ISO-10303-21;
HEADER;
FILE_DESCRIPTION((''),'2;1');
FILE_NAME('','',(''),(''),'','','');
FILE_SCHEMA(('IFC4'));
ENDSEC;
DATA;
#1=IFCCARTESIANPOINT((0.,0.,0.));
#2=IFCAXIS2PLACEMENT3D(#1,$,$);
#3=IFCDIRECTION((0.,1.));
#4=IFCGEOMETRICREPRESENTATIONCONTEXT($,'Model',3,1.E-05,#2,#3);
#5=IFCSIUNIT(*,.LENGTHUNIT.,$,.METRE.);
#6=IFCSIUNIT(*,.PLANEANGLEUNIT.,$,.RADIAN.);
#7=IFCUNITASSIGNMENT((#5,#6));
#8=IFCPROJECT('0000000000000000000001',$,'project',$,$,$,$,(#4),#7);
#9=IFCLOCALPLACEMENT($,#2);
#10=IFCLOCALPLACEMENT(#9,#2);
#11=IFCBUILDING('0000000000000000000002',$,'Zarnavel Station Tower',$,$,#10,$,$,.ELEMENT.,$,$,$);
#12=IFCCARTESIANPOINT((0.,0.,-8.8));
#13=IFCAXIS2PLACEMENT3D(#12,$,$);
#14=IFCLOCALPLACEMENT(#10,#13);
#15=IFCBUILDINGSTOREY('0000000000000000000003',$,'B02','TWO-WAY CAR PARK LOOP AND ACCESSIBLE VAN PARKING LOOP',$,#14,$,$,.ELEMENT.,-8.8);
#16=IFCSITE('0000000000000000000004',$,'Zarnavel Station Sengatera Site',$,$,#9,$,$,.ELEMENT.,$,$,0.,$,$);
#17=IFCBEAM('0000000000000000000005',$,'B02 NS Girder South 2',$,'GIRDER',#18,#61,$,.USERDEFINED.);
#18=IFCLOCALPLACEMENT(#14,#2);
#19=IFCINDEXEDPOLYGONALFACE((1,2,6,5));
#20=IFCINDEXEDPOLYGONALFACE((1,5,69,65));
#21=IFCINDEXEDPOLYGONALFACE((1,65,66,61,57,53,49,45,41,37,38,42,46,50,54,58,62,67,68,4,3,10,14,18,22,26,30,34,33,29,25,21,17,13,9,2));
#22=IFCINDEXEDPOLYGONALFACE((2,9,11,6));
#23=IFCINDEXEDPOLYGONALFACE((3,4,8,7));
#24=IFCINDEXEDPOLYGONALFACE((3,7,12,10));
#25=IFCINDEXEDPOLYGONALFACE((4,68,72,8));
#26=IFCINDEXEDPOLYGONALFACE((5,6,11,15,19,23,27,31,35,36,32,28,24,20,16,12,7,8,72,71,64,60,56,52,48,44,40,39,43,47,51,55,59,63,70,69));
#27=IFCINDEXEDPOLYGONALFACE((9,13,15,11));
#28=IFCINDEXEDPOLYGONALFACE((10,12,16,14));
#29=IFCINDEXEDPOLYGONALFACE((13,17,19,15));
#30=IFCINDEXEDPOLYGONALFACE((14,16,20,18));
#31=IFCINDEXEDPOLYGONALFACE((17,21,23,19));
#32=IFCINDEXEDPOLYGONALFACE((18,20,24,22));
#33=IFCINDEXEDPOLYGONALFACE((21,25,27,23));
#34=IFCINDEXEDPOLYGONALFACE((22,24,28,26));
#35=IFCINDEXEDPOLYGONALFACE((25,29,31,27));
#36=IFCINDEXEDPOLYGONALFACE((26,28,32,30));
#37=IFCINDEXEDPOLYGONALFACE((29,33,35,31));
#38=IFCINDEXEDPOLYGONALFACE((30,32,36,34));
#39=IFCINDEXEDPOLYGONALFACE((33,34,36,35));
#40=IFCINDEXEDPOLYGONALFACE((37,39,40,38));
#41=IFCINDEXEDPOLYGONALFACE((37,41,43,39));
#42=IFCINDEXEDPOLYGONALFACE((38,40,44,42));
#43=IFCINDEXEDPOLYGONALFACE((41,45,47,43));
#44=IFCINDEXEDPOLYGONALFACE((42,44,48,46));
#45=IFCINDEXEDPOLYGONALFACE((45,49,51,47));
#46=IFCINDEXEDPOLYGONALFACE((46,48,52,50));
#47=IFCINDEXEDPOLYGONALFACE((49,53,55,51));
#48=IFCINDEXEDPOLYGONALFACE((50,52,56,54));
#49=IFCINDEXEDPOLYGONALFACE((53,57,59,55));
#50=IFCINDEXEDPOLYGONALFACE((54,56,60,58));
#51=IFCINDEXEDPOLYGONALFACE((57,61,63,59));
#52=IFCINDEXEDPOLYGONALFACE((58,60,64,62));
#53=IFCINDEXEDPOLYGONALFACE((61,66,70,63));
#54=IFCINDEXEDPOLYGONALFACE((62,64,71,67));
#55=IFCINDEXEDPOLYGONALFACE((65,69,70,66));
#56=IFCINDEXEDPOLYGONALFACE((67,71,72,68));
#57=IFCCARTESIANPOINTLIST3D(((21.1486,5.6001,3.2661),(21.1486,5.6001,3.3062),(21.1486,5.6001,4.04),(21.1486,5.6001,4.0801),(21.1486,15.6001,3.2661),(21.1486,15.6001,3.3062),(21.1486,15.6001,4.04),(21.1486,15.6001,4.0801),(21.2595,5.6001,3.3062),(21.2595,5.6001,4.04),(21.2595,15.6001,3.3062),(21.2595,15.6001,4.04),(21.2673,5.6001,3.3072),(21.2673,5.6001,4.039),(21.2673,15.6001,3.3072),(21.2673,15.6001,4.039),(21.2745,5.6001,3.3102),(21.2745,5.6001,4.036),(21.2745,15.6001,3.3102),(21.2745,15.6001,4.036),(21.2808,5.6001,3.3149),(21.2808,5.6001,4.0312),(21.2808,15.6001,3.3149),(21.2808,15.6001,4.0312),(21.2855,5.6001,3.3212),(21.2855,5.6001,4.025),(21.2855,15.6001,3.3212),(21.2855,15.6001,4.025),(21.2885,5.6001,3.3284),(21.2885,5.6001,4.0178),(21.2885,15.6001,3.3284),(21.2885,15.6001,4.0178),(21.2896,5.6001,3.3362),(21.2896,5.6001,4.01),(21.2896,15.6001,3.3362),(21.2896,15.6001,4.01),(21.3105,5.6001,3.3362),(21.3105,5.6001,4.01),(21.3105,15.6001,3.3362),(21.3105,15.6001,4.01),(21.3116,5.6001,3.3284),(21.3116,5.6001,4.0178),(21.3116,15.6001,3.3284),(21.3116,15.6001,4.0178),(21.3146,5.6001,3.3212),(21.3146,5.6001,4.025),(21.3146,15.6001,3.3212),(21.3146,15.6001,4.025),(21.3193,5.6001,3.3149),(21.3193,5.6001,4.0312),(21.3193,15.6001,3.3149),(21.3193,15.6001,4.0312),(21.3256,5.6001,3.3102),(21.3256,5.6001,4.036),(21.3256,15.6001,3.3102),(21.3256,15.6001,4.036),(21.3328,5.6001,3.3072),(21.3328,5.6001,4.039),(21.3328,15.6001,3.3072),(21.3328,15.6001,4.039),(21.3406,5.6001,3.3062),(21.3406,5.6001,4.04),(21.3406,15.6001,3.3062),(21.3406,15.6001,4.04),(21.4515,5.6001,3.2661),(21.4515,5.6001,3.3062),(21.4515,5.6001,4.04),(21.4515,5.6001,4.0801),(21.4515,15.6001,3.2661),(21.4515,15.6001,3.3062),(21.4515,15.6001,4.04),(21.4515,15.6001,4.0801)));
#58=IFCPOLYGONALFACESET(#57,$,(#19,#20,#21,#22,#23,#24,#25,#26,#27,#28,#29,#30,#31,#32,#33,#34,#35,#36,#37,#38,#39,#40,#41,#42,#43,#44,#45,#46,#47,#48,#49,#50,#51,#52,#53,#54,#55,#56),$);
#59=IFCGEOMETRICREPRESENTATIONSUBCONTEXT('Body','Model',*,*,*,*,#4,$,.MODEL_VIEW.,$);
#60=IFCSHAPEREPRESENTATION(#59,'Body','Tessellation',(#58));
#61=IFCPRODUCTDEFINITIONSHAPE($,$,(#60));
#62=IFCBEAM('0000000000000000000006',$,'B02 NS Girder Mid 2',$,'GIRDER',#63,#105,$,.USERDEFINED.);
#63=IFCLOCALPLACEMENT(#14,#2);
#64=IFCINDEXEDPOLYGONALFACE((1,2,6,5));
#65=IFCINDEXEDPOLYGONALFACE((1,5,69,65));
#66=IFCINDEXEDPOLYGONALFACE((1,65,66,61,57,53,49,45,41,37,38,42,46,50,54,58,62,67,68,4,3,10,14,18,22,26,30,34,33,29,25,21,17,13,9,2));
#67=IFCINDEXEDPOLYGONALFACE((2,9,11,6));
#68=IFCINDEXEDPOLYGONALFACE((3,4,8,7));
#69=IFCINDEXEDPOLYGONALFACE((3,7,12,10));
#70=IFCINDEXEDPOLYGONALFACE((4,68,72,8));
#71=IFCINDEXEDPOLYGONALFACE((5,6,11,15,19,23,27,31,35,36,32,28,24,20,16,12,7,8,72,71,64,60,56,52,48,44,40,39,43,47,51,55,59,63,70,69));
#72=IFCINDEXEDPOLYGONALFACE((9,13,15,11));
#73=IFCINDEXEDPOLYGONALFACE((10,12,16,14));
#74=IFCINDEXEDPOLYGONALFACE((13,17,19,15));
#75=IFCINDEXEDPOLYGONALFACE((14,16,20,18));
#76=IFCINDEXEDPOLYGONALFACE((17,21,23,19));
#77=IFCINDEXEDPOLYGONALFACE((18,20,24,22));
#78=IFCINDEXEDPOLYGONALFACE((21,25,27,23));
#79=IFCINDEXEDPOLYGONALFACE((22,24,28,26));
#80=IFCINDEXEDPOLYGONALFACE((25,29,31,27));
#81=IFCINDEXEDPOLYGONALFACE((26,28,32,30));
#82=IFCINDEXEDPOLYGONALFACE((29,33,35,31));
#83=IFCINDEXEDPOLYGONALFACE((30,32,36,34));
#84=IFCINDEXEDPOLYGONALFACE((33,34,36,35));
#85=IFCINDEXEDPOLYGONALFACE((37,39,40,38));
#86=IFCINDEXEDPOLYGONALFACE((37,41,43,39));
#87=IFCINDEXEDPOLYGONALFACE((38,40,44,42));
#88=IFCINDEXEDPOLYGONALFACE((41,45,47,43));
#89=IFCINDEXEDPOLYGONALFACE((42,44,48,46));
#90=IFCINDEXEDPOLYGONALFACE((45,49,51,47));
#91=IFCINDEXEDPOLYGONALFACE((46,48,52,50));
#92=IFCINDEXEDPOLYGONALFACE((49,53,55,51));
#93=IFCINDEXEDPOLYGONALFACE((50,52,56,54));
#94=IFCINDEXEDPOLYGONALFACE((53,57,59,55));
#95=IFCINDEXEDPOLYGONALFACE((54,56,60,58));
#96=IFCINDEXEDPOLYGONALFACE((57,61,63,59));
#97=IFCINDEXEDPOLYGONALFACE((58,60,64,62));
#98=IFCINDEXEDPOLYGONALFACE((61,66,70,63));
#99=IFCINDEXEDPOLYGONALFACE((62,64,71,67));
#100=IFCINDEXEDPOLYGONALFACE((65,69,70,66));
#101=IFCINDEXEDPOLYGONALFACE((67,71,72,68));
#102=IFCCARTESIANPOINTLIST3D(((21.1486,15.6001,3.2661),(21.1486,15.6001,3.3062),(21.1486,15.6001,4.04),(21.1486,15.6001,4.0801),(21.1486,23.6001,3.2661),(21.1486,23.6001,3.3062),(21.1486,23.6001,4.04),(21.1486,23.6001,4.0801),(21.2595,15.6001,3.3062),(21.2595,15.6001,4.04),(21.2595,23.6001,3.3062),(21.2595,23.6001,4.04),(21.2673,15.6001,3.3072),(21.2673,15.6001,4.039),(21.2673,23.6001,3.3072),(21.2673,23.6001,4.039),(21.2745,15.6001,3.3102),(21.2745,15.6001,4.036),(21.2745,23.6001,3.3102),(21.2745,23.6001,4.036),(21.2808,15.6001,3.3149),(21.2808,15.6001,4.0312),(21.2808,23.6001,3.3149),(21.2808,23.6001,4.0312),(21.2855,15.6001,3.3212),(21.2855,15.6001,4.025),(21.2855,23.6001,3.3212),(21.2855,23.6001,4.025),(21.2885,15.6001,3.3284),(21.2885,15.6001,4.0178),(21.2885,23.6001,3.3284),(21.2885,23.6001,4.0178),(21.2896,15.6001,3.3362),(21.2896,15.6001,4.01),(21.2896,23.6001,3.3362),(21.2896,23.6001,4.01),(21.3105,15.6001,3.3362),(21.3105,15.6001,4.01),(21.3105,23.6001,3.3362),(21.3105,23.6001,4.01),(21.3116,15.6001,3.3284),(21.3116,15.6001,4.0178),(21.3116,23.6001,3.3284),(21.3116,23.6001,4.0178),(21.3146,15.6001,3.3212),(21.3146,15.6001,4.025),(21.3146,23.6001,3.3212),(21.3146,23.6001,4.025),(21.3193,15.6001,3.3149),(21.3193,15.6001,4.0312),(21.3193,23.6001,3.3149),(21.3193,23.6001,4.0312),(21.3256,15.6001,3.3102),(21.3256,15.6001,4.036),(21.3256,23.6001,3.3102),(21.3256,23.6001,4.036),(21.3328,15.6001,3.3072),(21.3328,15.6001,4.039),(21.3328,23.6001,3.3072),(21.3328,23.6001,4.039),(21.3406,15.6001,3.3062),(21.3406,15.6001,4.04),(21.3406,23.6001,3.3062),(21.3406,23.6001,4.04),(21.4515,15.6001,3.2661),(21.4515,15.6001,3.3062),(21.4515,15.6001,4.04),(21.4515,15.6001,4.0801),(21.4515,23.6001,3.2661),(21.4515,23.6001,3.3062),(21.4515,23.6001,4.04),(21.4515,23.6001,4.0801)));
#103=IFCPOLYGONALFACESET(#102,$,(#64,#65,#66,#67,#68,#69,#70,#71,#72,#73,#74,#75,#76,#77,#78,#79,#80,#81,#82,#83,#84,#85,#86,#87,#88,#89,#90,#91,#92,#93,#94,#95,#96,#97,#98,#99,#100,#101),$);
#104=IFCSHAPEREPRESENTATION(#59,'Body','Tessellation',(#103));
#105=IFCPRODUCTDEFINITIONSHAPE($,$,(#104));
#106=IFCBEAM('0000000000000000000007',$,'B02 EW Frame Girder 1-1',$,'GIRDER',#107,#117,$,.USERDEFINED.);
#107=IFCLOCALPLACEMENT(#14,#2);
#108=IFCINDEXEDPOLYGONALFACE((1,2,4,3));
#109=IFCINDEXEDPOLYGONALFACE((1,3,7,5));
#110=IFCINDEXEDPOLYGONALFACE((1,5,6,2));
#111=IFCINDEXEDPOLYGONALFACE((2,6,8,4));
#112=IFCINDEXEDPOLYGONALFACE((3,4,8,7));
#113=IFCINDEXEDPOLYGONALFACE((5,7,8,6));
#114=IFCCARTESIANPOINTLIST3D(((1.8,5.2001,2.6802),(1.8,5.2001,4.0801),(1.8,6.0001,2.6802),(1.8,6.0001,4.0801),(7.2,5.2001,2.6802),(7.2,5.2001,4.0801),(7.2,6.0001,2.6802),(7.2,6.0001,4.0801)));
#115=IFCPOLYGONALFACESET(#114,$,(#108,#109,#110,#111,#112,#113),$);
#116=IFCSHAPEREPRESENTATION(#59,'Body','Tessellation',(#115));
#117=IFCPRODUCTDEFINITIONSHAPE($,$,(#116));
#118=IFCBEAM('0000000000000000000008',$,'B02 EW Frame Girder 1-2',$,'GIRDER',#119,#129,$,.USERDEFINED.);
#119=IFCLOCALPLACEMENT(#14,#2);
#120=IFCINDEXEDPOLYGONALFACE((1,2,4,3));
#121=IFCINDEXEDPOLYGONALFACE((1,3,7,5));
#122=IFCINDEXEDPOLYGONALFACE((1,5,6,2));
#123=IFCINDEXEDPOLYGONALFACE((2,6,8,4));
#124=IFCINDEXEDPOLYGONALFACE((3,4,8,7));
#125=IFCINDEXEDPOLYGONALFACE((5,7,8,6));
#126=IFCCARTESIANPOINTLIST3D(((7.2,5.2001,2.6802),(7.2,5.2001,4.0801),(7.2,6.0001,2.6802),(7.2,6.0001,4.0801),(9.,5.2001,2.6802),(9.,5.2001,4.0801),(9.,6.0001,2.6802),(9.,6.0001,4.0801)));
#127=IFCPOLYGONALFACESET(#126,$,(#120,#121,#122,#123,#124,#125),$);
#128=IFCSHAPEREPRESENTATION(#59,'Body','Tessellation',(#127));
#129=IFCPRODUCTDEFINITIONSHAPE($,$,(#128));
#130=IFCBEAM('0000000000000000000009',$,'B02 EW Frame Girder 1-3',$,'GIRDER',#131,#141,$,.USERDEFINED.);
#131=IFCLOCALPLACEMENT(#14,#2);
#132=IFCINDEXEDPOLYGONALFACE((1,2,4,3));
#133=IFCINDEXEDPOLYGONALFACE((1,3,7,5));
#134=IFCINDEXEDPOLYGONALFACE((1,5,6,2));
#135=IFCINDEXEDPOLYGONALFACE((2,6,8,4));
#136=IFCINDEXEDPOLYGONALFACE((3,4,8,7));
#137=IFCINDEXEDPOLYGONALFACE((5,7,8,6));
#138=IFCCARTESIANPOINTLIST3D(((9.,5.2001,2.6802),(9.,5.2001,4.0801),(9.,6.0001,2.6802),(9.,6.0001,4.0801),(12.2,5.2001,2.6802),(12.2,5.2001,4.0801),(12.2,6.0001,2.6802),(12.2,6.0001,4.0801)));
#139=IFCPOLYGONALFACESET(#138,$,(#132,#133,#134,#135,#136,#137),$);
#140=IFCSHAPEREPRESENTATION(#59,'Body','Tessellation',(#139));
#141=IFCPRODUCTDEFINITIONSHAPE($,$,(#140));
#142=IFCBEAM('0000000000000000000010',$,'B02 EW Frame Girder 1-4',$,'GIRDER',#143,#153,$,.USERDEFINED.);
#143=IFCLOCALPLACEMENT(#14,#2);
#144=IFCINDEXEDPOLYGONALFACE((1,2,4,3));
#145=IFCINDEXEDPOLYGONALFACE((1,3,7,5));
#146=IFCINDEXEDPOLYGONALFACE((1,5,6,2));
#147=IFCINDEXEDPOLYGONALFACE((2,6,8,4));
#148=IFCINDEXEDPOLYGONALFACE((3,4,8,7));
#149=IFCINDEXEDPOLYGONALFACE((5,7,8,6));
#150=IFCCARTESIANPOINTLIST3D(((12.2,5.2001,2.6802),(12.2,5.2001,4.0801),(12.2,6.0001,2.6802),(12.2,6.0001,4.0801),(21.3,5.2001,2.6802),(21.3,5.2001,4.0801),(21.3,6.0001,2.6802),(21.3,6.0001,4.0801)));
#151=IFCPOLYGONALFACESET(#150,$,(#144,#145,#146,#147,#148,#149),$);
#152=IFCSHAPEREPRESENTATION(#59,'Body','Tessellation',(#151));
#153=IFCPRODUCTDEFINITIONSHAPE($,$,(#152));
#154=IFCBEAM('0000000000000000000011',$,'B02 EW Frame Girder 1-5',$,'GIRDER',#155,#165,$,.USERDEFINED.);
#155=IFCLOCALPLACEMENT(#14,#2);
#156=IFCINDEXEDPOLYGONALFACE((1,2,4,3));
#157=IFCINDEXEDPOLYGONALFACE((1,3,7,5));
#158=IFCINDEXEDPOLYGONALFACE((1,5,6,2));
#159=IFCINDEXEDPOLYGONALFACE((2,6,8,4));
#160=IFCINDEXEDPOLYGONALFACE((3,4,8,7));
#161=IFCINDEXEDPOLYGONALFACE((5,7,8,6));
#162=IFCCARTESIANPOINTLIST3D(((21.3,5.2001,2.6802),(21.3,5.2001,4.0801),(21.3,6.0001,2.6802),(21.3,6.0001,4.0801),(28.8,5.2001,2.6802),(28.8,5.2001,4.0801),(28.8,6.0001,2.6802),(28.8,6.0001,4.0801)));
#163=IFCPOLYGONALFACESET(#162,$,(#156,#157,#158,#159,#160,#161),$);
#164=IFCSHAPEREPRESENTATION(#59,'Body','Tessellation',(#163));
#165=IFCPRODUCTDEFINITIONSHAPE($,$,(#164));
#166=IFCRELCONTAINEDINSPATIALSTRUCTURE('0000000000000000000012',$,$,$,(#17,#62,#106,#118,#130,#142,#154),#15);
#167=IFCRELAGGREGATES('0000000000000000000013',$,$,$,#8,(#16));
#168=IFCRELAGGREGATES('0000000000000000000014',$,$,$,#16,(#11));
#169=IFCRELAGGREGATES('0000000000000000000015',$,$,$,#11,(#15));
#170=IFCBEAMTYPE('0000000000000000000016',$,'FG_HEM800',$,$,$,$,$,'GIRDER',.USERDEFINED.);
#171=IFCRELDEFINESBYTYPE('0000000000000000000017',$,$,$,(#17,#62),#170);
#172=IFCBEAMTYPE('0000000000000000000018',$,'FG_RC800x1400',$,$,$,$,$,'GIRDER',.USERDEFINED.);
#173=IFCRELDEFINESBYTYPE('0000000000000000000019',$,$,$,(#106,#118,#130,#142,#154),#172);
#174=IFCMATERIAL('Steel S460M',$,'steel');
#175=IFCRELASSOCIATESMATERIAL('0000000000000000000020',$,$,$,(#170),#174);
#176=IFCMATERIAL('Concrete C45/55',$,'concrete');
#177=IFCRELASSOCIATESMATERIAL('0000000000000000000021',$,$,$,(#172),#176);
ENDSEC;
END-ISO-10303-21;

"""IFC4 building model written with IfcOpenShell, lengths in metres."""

from ifc_helpers import new_model, si_unit, direction, frame, origin, origin_2d, place, context, subcontext, project, spatial, rectangle, i_section, extrude, material, material_profile, profile_set, type_object, element, save


model = new_model("IFC4")

# Units and contexts
model_context = context("Model", 3, precision=1e-05, world=origin(), true_north=direction((0.0, 1.0)))
body_context = subcontext(model_context, "Body", "Model", "MODEL_VIEW")
ifc_project = project(units=[si_unit("LENGTHUNIT", "METRE"), si_unit("PLANEANGLEUNIT", "RADIAN")], contexts=[model_context])

# Site, building, storey
site_placement = place(None, origin())
site = spatial("IfcSite", under=ifc_project, at=site_placement, Name="Zarnavel Station Sengatera Site", CompositionType="ELEMENT", RefElevation=0.0)
building_placement = place(site_placement, origin())
building = spatial("IfcBuilding", under=site, at=building_placement, Name="Zarnavel Station Tower", CompositionType="ELEMENT")
storey_placement = place(building_placement, frame((0.0, 0.0, -8.8)))
storey = spatial("IfcBuildingStorey", under=building, at=storey_placement, Name="B02", Description="TWO-WAY CAR PARK LOOP AND ACCESSIBLE VAN PARKING LOOP", CompositionType="ELEMENT", Elevation=-8.8)

# Beams
ifc_material_1 = material(Name="Steel S460M", Category="steel")
ifc_material_profile_1 = material_profile(ifc_material_1, i_section(OverallWidth=0.303, OverallDepth=0.814, WebThickness=0.021, FlangeThickness=0.04, FilletRadius=0.03, at=origin_2d()), Name="HEM800")
ifc_profile_set_1 = profile_set([ifc_material_profile_1], Name="Steel S460M")
beam_type_1 = type_object("IfcBeamType", Name="FG_HEM800", ElementType="GIRDER", PredefinedType="USERDEFINED", material=ifc_profile_set_1)
beam_1_placement = place(storey_placement, frame((21.3, 5.6001, 3.6731), z_axis=(0.0, 1.0, 0.0), x_axis=(-1.0, 0.0, 0.0)))
element("IfcBeam", 1, at=beam_1_placement, inside=storey, type_object=beam_type_1, Name="B02 NS Girder South 2", ObjectType="GIRDER", PredefinedType="USERDEFINED", context=body_context, shape_type="SweptSolid", body=[
    extrude(i_section(OverallWidth=0.303, OverallDepth=0.814, WebThickness=0.021, FlangeThickness=0.04, FilletRadius=0.03, at=origin_2d()), origin(), (0.0, 0.0, 1.0), 10.0),
])
beam_2_placement = place(storey_placement, frame((21.3, 15.6001, 3.6731), z_axis=(0.0, 1.0, 0.0), x_axis=(-1.0, 0.0, 0.0)))
element("IfcBeam", 2, at=beam_2_placement, inside=storey, type_object=beam_type_1, Name="B02 NS Girder Mid 2", ObjectType="GIRDER", PredefinedType="USERDEFINED", context=body_context, shape_type="SweptSolid", body=[
    extrude(i_section(OverallWidth=0.303, OverallDepth=0.814, WebThickness=0.021, FlangeThickness=0.04, FilletRadius=0.03, at=origin_2d()), origin(), (0.0, 0.0, 1.0), 8.0),
])
ifc_material_2 = material(Name="Concrete C45/55", Category="concrete")
ifc_material_profile_2 = material_profile(ifc_material_2, rectangle(XDim=0.8, YDim=1.3999, at=origin_2d()), Name="RC800x1400")
ifc_profile_set_2 = profile_set([ifc_material_profile_2], Name="Concrete C45/55")
beam_type_2 = type_object("IfcBeamType", Name="FG_RC800x1400", ElementType="GIRDER", PredefinedType="USERDEFINED", material=ifc_profile_set_2)
beam_3_placement = place(storey_placement, frame((1.8, 5.6001, 3.3801), z_axis=(1.0, 0.0, 0.0), x_axis=(0.0, 1.0, 0.0)))
element("IfcBeam", 3, at=beam_3_placement, inside=storey, type_object=beam_type_2, Name="B02 EW Frame Girder 1-1", ObjectType="GIRDER", PredefinedType="USERDEFINED", context=body_context, shape_type="SweptSolid", body=[
    extrude(rectangle(XDim=0.8, YDim=1.3999, at=origin_2d()), origin(), (0.0, 0.0, 1.0), 5.3999),
])
beam_4_placement = place(storey_placement, frame((7.2, 5.6001, 3.3801), z_axis=(1.0, 0.0, 0.0), x_axis=(0.0, 1.0, 0.0)))
element("IfcBeam", 4, at=beam_4_placement, inside=storey, type_object=beam_type_2, Name="B02 EW Frame Girder 1-2", ObjectType="GIRDER", PredefinedType="USERDEFINED", context=body_context, shape_type="SweptSolid", body=[
    extrude(rectangle(XDim=0.8, YDim=1.3999, at=origin_2d()), origin(), (0.0, 0.0, 1.0), 1.8),
])
beam_5_placement = place(storey_placement, frame((9.0, 5.6001, 3.3801), z_axis=(1.0, 0.0, 0.0), x_axis=(0.0, 1.0, 0.0)))
element("IfcBeam", 5, at=beam_5_placement, inside=storey, type_object=beam_type_2, Name="B02 EW Frame Girder 1-3", ObjectType="GIRDER", PredefinedType="USERDEFINED", context=body_context, shape_type="SweptSolid", body=[
    extrude(rectangle(XDim=0.8, YDim=1.3999, at=origin_2d()), origin(), (0.0, 0.0, 1.0), 3.2),
])
beam_6_placement = place(storey_placement, frame((12.2, 5.6001, 3.3801), z_axis=(1.0, 0.0, 0.0), x_axis=(0.0, 1.0, 0.0)))
element("IfcBeam", 6, at=beam_6_placement, inside=storey, type_object=beam_type_2, Name="B02 EW Frame Girder 1-4", ObjectType="GIRDER", PredefinedType="USERDEFINED", context=body_context, shape_type="SweptSolid", body=[
    extrude(rectangle(XDim=0.8, YDim=1.3999, at=origin_2d()), origin(), (0.0, 0.0, 1.0), 9.1001),
])
beam_7_placement = place(storey_placement, frame((21.3, 5.6001, 3.3801), z_axis=(1.0, 0.0, 0.0), x_axis=(0.0, 1.0, 0.0)))
element("IfcBeam", 7, at=beam_7_placement, inside=storey, type_object=beam_type_2, Name="B02 EW Frame Girder 1-5", ObjectType="GIRDER", PredefinedType="USERDEFINED", context=body_context, shape_type="SweptSolid", body=[
    extrude(rectangle(XDim=0.8, YDim=1.3999, at=origin_2d()), origin(), (0.0, 0.0, 1.0), 7.5),
])

save(model, "model.ifc")
